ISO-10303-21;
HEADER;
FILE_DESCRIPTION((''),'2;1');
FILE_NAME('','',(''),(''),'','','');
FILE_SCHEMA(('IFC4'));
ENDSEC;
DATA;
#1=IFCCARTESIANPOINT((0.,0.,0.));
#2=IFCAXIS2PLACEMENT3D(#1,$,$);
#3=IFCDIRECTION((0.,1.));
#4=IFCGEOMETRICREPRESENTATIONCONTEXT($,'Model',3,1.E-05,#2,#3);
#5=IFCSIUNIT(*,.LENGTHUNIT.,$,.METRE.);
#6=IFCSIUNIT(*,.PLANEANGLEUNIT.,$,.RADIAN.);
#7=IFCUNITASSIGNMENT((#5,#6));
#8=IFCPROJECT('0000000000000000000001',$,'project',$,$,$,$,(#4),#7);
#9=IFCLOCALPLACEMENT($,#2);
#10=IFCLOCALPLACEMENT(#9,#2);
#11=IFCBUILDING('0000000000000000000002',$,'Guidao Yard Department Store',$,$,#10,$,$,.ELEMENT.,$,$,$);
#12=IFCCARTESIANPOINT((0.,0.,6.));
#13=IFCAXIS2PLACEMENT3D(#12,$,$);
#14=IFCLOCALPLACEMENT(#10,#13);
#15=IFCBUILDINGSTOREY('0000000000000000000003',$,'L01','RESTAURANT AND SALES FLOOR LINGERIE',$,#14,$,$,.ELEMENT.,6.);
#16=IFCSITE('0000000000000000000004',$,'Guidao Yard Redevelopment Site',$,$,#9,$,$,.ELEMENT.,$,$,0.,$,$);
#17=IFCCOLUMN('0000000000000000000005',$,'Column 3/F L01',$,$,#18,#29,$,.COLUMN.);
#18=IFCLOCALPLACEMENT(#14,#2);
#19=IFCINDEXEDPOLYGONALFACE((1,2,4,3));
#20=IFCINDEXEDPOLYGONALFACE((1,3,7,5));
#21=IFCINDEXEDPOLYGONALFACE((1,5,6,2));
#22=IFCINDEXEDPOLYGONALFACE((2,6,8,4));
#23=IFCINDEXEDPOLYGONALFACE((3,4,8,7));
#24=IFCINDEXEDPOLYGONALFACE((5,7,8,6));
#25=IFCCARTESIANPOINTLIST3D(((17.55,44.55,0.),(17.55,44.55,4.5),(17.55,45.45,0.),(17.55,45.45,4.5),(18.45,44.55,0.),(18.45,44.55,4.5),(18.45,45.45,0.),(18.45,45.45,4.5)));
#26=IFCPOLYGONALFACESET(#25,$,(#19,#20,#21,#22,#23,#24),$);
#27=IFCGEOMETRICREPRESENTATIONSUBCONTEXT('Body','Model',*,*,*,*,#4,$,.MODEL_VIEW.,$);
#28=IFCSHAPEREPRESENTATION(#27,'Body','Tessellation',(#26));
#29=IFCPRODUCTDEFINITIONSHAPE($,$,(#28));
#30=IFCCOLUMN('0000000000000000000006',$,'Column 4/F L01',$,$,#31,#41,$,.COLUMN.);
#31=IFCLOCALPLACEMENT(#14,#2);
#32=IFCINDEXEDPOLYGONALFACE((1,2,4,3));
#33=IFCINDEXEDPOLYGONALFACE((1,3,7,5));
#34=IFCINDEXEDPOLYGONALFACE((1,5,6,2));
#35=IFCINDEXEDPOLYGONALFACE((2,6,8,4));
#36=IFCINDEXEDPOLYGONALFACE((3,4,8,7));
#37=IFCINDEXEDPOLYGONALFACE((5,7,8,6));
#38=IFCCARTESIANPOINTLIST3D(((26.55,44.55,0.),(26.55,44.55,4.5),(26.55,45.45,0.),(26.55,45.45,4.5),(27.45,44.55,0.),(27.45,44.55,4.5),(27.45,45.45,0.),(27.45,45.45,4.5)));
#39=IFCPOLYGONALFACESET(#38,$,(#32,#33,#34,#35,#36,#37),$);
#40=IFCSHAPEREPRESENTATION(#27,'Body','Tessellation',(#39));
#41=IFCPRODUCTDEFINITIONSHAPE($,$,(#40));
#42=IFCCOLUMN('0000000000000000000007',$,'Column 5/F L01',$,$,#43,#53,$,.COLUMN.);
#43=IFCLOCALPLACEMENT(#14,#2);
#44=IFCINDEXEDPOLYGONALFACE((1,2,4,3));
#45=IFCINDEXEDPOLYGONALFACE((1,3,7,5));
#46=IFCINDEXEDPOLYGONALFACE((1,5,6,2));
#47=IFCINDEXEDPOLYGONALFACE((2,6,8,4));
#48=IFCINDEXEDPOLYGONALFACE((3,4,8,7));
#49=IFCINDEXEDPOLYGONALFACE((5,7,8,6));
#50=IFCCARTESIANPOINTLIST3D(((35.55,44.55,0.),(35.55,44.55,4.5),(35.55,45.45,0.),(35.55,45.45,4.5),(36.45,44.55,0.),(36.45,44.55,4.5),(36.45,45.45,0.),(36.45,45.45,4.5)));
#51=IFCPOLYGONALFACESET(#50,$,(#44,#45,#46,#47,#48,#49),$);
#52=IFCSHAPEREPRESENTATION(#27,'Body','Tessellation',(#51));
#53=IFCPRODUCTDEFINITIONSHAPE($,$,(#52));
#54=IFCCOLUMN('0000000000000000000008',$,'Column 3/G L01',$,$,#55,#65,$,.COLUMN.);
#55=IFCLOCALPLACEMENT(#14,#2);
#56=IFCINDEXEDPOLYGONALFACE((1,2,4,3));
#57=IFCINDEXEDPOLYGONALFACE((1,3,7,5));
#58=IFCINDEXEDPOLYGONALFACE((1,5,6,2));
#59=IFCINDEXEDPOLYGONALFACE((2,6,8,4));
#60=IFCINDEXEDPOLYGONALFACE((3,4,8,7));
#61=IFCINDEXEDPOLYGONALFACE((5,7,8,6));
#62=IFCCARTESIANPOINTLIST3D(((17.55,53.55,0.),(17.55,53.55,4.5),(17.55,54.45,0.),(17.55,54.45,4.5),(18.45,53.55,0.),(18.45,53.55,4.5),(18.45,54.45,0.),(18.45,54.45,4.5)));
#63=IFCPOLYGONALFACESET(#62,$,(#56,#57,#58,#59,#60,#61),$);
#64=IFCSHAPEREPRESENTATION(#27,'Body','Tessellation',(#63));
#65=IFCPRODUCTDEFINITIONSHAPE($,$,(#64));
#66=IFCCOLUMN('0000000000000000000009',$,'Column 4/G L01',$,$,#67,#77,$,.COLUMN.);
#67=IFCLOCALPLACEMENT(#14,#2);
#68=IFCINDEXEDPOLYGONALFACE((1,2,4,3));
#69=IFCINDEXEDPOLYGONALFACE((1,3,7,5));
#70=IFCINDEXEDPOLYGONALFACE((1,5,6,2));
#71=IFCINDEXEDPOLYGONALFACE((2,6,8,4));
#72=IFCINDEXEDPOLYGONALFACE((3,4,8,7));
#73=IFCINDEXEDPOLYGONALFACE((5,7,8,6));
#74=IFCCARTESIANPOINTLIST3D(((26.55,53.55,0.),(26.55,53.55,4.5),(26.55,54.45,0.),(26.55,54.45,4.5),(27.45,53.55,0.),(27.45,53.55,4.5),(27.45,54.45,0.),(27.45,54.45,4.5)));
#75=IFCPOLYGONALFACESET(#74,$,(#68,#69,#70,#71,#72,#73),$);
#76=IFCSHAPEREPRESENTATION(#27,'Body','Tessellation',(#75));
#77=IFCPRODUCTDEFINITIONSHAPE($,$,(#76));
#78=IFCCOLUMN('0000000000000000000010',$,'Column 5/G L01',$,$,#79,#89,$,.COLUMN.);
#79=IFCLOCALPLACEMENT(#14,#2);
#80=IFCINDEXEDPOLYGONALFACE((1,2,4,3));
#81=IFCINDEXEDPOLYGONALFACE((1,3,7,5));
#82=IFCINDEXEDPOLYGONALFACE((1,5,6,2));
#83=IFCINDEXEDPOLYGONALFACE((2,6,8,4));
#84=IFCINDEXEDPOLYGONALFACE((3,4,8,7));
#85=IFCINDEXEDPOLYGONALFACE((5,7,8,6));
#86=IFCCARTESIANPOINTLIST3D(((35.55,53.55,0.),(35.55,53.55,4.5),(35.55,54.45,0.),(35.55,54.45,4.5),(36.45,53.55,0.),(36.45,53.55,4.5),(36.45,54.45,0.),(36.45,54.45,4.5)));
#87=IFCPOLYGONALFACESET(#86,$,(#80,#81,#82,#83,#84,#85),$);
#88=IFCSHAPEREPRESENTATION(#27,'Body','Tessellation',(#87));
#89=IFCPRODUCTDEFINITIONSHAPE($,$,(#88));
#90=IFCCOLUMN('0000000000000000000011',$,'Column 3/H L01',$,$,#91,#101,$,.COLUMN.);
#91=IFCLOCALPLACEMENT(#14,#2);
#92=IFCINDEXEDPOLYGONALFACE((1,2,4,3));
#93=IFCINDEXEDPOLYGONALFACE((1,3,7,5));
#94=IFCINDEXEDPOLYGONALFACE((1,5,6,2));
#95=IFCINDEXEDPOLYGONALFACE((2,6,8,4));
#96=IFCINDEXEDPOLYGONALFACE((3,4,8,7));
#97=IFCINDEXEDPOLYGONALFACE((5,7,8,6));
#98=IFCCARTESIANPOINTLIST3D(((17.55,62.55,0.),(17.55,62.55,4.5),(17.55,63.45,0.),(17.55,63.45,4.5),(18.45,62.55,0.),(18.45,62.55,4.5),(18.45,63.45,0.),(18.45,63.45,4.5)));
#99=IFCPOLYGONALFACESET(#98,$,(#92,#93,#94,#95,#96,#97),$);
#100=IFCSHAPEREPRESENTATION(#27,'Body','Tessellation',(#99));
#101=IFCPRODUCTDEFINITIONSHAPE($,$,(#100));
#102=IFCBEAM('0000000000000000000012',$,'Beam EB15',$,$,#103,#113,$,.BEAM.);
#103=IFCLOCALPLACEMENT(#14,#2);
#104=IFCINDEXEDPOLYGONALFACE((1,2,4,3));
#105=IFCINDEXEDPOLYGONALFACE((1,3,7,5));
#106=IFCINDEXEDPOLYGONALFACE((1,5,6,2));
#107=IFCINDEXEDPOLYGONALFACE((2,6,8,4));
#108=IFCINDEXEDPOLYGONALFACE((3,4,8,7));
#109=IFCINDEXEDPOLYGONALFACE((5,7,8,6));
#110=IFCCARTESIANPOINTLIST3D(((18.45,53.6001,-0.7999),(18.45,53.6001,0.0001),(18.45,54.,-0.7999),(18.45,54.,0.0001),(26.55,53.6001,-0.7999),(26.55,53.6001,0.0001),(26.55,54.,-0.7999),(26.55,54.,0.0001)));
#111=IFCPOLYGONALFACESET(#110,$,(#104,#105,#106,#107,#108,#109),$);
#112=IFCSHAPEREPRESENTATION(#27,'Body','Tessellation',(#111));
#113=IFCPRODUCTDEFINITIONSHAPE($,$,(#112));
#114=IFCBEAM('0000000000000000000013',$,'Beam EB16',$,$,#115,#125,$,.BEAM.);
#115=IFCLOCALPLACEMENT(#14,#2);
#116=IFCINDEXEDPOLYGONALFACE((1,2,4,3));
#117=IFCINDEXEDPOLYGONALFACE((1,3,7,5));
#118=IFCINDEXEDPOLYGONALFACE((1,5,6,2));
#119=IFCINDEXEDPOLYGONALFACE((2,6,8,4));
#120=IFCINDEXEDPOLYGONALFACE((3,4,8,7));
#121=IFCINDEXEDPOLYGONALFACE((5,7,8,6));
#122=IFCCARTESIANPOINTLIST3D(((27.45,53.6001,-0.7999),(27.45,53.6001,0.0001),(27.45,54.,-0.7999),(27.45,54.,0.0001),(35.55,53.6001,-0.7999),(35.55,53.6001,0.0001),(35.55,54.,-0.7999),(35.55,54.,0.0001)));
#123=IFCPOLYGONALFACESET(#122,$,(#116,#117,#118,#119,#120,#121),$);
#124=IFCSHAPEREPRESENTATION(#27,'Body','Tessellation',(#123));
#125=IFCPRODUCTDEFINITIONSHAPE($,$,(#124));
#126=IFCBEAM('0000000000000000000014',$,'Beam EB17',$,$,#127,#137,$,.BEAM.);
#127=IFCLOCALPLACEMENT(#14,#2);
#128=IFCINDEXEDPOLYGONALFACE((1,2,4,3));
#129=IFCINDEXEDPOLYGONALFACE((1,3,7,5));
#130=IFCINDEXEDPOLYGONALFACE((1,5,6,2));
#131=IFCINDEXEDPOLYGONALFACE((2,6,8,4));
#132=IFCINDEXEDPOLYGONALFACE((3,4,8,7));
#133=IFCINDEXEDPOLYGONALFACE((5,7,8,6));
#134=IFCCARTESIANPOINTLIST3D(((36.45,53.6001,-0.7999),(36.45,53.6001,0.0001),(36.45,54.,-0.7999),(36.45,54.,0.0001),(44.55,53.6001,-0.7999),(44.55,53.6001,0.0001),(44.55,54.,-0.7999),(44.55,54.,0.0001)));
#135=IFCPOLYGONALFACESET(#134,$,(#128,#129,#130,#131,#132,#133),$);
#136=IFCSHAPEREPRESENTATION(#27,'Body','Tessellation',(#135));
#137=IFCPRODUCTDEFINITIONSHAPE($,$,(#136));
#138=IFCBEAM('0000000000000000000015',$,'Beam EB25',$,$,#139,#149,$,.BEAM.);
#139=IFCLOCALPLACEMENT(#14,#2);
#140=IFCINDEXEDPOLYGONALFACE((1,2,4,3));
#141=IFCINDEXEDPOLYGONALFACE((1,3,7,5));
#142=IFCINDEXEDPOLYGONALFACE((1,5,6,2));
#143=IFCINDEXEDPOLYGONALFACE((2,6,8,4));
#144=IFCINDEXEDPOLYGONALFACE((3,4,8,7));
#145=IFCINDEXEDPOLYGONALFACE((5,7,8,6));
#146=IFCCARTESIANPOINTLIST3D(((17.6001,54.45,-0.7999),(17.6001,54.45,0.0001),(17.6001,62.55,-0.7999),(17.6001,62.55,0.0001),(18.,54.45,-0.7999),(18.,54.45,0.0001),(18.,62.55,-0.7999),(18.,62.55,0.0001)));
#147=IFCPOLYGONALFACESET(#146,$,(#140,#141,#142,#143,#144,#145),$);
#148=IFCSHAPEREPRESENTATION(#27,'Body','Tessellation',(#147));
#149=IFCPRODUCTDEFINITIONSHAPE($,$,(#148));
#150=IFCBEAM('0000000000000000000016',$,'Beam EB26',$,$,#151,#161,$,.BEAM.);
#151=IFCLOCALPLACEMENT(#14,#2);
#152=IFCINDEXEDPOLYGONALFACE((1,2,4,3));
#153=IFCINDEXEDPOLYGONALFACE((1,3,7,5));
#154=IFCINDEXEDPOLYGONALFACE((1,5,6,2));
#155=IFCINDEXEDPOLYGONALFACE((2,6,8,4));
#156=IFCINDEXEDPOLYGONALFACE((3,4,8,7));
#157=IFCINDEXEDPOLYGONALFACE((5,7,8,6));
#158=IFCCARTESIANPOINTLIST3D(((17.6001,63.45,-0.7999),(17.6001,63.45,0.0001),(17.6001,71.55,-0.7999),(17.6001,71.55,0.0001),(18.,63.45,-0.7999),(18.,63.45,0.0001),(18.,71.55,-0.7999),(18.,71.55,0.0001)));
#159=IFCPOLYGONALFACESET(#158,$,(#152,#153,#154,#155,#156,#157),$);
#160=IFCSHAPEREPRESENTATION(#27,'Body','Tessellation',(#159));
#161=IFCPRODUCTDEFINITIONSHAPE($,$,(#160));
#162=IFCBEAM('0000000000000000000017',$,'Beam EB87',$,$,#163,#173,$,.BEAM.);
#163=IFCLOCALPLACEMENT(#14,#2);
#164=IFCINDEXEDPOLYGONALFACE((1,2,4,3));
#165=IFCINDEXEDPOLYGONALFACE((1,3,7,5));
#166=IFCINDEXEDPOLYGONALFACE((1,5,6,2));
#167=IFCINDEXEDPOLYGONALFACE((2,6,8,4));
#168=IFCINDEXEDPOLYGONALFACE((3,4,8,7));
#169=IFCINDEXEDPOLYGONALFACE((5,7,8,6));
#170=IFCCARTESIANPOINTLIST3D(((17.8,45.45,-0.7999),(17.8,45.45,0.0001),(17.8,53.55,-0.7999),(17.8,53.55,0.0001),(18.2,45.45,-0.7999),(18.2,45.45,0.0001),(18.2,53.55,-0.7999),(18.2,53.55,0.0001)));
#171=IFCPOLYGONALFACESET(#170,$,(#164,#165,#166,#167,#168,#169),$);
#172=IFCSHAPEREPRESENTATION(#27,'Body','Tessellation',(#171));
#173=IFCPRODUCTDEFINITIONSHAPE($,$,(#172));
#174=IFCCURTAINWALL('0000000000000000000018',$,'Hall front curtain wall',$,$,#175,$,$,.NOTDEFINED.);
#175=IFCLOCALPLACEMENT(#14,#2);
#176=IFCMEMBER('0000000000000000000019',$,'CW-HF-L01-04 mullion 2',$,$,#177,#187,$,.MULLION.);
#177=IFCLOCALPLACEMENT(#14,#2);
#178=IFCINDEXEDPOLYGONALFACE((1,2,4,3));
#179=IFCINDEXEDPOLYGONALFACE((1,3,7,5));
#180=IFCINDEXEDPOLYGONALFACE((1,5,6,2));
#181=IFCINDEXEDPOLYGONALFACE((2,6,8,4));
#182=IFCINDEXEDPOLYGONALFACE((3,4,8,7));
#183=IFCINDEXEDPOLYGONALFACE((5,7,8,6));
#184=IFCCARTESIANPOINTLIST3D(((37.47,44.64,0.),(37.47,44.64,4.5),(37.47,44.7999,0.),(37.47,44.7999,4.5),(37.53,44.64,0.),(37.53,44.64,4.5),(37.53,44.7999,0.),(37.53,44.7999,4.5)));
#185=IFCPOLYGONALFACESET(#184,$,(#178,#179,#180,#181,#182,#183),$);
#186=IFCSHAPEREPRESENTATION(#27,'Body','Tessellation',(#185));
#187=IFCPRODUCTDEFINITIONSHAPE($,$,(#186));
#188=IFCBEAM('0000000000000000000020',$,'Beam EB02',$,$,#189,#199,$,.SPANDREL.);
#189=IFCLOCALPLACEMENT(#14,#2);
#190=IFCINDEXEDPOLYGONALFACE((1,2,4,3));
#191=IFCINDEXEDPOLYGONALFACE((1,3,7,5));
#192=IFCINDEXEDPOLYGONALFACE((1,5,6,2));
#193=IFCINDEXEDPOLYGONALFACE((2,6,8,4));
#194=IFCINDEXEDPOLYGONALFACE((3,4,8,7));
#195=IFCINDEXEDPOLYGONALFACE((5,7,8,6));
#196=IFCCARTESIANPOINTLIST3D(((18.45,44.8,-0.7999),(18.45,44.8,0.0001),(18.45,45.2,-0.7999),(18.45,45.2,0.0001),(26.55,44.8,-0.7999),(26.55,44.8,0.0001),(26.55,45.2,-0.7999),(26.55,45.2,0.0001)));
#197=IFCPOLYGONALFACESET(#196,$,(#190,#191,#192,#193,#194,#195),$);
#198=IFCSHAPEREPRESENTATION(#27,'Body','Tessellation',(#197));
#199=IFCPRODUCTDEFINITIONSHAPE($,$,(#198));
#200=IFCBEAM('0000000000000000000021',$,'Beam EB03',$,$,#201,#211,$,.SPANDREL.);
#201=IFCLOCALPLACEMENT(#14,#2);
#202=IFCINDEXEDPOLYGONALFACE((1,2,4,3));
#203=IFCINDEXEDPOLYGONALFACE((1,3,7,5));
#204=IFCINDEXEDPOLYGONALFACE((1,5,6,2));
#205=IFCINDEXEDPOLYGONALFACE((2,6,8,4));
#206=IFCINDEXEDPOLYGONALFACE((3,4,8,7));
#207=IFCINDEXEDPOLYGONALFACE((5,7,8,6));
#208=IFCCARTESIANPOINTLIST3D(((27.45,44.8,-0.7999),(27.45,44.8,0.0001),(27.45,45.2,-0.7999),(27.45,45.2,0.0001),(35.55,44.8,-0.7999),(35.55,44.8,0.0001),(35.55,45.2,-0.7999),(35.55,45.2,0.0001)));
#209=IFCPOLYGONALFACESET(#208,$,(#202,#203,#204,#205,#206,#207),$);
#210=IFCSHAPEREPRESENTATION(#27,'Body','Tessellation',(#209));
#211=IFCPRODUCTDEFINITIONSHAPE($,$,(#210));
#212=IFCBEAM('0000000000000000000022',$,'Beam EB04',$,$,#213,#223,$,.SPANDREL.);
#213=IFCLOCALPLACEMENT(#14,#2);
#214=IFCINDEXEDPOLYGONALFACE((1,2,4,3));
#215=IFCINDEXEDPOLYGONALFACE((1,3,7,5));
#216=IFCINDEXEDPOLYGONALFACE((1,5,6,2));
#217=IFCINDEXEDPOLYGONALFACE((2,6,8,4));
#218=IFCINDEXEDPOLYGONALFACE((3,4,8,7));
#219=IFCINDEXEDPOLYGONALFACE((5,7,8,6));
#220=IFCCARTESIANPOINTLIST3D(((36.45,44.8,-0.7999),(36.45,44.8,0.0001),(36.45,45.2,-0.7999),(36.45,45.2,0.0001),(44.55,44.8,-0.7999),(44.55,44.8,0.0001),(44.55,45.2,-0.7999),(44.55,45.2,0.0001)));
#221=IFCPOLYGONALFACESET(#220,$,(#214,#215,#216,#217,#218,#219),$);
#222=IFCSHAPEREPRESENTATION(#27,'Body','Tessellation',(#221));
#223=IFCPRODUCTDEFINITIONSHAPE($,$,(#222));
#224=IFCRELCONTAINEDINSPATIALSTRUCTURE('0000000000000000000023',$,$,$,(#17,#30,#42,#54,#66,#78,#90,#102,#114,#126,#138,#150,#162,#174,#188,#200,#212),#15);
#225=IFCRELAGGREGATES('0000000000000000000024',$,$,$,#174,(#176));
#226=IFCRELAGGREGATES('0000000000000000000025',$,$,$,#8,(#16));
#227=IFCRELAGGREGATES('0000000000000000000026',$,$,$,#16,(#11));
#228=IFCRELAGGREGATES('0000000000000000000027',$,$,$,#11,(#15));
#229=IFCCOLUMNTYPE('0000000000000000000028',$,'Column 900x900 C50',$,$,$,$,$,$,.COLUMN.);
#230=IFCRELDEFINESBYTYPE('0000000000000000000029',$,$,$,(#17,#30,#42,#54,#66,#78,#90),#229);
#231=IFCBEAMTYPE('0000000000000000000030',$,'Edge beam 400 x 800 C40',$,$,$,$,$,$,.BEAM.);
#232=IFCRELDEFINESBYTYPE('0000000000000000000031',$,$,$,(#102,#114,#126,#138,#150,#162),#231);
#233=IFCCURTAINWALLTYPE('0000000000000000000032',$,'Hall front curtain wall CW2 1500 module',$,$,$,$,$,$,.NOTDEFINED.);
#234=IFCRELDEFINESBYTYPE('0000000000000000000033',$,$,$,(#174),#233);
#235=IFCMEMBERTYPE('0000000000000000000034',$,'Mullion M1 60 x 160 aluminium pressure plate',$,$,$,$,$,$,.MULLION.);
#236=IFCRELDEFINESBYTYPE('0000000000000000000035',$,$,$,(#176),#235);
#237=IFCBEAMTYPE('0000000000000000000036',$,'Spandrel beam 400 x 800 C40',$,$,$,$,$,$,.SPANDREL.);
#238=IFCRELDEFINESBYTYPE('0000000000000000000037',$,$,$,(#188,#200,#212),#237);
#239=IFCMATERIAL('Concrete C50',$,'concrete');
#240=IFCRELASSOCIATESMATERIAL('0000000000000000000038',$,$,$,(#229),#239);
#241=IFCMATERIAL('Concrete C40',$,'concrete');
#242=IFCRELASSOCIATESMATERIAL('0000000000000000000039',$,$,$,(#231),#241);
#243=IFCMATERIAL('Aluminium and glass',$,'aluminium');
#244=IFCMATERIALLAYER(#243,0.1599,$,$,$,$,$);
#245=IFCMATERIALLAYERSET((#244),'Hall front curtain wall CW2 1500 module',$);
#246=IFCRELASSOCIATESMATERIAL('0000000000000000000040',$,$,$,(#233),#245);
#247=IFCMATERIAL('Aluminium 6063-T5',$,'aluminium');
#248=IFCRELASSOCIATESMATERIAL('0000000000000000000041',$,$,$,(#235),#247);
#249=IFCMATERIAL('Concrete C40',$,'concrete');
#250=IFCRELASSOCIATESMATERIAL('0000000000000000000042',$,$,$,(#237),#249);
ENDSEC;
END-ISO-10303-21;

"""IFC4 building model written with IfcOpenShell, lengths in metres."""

from ifc_helpers import new_model, si_unit, direction, frame, origin, origin_2d, place, context, subcontext, project, spatial, rectangle, extrude, material, layer, layer_set, material_profile, profile_set, type_object, element, aggregate, save


model = new_model("IFC4")

# Units and contexts
model_context = context("Model", 3, precision=1e-05, world=origin(), true_north=direction((0.0, 1.0)))
body_context = subcontext(model_context, "Body", "Model", "MODEL_VIEW")
ifc_project = project(units=[si_unit("LENGTHUNIT", "METRE"), si_unit("PLANEANGLEUNIT", "RADIAN")], contexts=[model_context])

# Site, building, storey
site_placement = place(None, origin())
site = spatial("IfcSite", under=ifc_project, at=site_placement, Name="Guidao Yard Redevelopment Site", CompositionType="ELEMENT", RefElevation=0.0)
building_placement = place(site_placement, origin())
building = spatial("IfcBuilding", under=site, at=building_placement, Name="Guidao Yard Department Store", CompositionType="ELEMENT")
storey_placement = place(building_placement, frame((0.0, 0.0, 6.0)))
storey = spatial("IfcBuildingStorey", under=building, at=storey_placement, Name="L01", Description="RESTAURANT AND SALES FLOOR LINGERIE", CompositionType="ELEMENT", Elevation=6.0)

# Columns
ifc_material_1 = material(Name="Concrete C50", Category="concrete")
ifc_material_profile_1 = material_profile(ifc_material_1, rectangle(XDim=0.8999, YDim=0.8999, at=origin_2d()), Name="COL 900x900")
ifc_profile_set_1 = profile_set([ifc_material_profile_1], Name="Concrete C50")
column_type = type_object("IfcColumnType", Name="Column 900x900 C50", PredefinedType="COLUMN", material=ifc_profile_set_1)
for number, where, z_axis, x_axis, name in (
    (1, (18.0, 45.0, 0.0), (0.0, 0.0, 1.0), (1.0, 0.0, 0.0), "Column 3/F L01"),
    (2, (27.0, 45.0, 0.0), (0.0, 0.0, 1.0), (1.0, 0.0, 0.0), "Column 4/F L01"),
    (3, (36.0, 45.0, 0.0), (0.0, 0.0, 1.0), (1.0, 0.0, 0.0), "Column 5/F L01"),
    (4, (18.0, 54.0, 0.0), (0.0, 0.0, 1.0), (1.0, 0.0, 0.0), "Column 3/G L01"),
    (5, (27.0, 54.0, 0.0), (0.0, 0.0, 1.0), (1.0, 0.0, 0.0), "Column 4/G L01"),
    (6, (36.0, 54.0, 0.0), (0.0, 0.0, 1.0), (1.0, 0.0, 0.0), "Column 5/G L01"),
    (7, (18.0, 63.0, 0.0), (0.0, 0.0, 1.0), (1.0, 0.0, 0.0), "Column 3/H L01"),
):
    element("IfcColumn", number, at=place(storey_placement, frame(where, z_axis=z_axis, x_axis=x_axis)), inside=storey, type_object=column_type, Name=name, PredefinedType="COLUMN", context=body_context, shape_type="SweptSolid", body=[
        extrude(rectangle(XDim=0.8999, YDim=0.8999, at=origin_2d()), origin(), (0.0, 0.0, 1.0), 4.5),
    ])

# Beams
ifc_material_2 = material(Name="Concrete C40", Category="concrete")
ifc_material_profile_2 = material_profile(ifc_material_2, rectangle(XDim=0.3999, YDim=0.8, at=origin_2d()), Name="Edge beam 400 x 800 C40")
ifc_profile_set_2 = profile_set([ifc_material_profile_2], Name="Concrete C40")
beam_type_1 = type_object("IfcBeamType", Name="Edge beam 400 x 800 C40", PredefinedType="BEAM", material=ifc_profile_set_2)
for number, where, z_axis, x_axis, name in (
    (8, (18.45, 53.8, -0.3999), (1.0, 0.0, 0.0), (0.0, 1.0, 0.0), "Beam EB15"),
    (9, (27.45, 53.8, -0.3999), (1.0, 0.0, 0.0), (0.0, 1.0, 0.0), "Beam EB16"),
    (10, (36.45, 53.8, -0.3999), (1.0, 0.0, 0.0), (0.0, 1.0, 0.0), "Beam EB17"),
    (11, (17.8, 54.45, -0.3999), (0.0, 1.0, 0.0), (-1.0, 0.0, 0.0), "Beam EB25"),
    (12, (17.8, 63.45, -0.3999), (0.0, 1.0, 0.0), (-1.0, 0.0, 0.0), "Beam EB26"),
    (13, (18.0, 45.45, -0.3999), (0.0, 1.0, 0.0), (-1.0, 0.0, 0.0), "Beam EB87"),
):
    element("IfcBeam", number, at=place(storey_placement, frame(where, z_axis=z_axis, x_axis=x_axis)), inside=storey, type_object=beam_type_1, Name=name, PredefinedType="BEAM", context=body_context, shape_type="SweptSolid", body=[
        extrude(rectangle(XDim=0.3999, YDim=0.8, at=origin_2d()), origin(), (0.0, 0.0, 1.0), 8.1001),
    ])

# Curtain wall, member
ifc_material_3 = material(Name="Aluminium and glass", Category="aluminium")
ifc_layer = layer(ifc_material_3, 0.1599)
ifc_layer_set = layer_set([ifc_layer], Name="Hall front curtain wall CW2 1500 module")
curtain_wall_type = type_object("IfcCurtainWallType", Name="Hall front curtain wall CW2 1500 module", PredefinedType="NOTDEFINED", material=ifc_layer_set)
curtain_wall_placement = place(storey_placement, origin())
curtain_wall = element("IfcCurtainWall", 14, at=curtain_wall_placement, inside=storey, type_object=curtain_wall_type, Name="Hall front curtain wall", PredefinedType="NOTDEFINED")
ifc_material_4 = material(Name="Aluminium 6063-T5", Category="aluminium")
ifc_material_profile_3 = material_profile(ifc_material_4, rectangle(XDim=0.0601, YDim=0.1599, at=origin_2d()), Name="Mullion M1 60 x 160 aluminium pressure plate")
ifc_profile_set_3 = profile_set([ifc_material_profile_3], Name="Aluminium 6063-T5")
member_type_1 = type_object("IfcMemberType", Name="Mullion M1 60 x 160 aluminium pressure plate", PredefinedType="MULLION", material=ifc_profile_set_3)
member_1_placement = place(storey_placement, frame((37.5, 44.72, 0.0), z_axis=(0.0, 0.0, 1.0), x_axis=(-1.0, 0.0, 0.0)))
member_1 = element("IfcMember", 15, at=member_1_placement, type_object=member_type_1, Name="CW-HF-L01-04 mullion 2", PredefinedType="MULLION", context=body_context, shape_type="SweptSolid", body=[
    extrude(rectangle(XDim=0.0601, YDim=0.1599, at=origin_2d()), origin(), (0.0, 0.0, 1.0), 4.5),
])

# Beams
ifc_material_5 = material(Name="Concrete C40", Category="concrete")
ifc_material_profile_4 = material_profile(ifc_material_5, rectangle(XDim=0.3999, YDim=0.8, at=origin_2d()), Name="Spandrel beam 400 x 800 C40")
ifc_profile_set_4 = profile_set([ifc_material_profile_4], Name="Concrete C40")
beam_type_2 = type_object("IfcBeamType", Name="Spandrel beam 400 x 800 C40", PredefinedType="SPANDREL", material=ifc_profile_set_4)
for number, where, z_axis, x_axis, name in (
    (16, (18.45, 45.0, -0.3999), (1.0, 0.0, 0.0), (0.0, 1.0, 0.0), "Beam EB02"),
    (17, (27.45, 45.0, -0.3999), (1.0, 0.0, 0.0), (0.0, 1.0, 0.0), "Beam EB03"),
    (18, (36.45, 45.0, -0.3999), (1.0, 0.0, 0.0), (0.0, 1.0, 0.0), "Beam EB04"),
):
    element("IfcBeam", number, at=place(storey_placement, frame(where, z_axis=z_axis, x_axis=x_axis)), inside=storey, type_object=beam_type_2, Name=name, PredefinedType="SPANDREL", context=body_context, shape_type="SweptSolid", body=[
        extrude(rectangle(XDim=0.3999, YDim=0.8, at=origin_2d()), origin(), (0.0, 0.0, 1.0), 8.1001),
    ])

aggregate(curtain_wall, [member_1])

save(model, "model.ifc")
